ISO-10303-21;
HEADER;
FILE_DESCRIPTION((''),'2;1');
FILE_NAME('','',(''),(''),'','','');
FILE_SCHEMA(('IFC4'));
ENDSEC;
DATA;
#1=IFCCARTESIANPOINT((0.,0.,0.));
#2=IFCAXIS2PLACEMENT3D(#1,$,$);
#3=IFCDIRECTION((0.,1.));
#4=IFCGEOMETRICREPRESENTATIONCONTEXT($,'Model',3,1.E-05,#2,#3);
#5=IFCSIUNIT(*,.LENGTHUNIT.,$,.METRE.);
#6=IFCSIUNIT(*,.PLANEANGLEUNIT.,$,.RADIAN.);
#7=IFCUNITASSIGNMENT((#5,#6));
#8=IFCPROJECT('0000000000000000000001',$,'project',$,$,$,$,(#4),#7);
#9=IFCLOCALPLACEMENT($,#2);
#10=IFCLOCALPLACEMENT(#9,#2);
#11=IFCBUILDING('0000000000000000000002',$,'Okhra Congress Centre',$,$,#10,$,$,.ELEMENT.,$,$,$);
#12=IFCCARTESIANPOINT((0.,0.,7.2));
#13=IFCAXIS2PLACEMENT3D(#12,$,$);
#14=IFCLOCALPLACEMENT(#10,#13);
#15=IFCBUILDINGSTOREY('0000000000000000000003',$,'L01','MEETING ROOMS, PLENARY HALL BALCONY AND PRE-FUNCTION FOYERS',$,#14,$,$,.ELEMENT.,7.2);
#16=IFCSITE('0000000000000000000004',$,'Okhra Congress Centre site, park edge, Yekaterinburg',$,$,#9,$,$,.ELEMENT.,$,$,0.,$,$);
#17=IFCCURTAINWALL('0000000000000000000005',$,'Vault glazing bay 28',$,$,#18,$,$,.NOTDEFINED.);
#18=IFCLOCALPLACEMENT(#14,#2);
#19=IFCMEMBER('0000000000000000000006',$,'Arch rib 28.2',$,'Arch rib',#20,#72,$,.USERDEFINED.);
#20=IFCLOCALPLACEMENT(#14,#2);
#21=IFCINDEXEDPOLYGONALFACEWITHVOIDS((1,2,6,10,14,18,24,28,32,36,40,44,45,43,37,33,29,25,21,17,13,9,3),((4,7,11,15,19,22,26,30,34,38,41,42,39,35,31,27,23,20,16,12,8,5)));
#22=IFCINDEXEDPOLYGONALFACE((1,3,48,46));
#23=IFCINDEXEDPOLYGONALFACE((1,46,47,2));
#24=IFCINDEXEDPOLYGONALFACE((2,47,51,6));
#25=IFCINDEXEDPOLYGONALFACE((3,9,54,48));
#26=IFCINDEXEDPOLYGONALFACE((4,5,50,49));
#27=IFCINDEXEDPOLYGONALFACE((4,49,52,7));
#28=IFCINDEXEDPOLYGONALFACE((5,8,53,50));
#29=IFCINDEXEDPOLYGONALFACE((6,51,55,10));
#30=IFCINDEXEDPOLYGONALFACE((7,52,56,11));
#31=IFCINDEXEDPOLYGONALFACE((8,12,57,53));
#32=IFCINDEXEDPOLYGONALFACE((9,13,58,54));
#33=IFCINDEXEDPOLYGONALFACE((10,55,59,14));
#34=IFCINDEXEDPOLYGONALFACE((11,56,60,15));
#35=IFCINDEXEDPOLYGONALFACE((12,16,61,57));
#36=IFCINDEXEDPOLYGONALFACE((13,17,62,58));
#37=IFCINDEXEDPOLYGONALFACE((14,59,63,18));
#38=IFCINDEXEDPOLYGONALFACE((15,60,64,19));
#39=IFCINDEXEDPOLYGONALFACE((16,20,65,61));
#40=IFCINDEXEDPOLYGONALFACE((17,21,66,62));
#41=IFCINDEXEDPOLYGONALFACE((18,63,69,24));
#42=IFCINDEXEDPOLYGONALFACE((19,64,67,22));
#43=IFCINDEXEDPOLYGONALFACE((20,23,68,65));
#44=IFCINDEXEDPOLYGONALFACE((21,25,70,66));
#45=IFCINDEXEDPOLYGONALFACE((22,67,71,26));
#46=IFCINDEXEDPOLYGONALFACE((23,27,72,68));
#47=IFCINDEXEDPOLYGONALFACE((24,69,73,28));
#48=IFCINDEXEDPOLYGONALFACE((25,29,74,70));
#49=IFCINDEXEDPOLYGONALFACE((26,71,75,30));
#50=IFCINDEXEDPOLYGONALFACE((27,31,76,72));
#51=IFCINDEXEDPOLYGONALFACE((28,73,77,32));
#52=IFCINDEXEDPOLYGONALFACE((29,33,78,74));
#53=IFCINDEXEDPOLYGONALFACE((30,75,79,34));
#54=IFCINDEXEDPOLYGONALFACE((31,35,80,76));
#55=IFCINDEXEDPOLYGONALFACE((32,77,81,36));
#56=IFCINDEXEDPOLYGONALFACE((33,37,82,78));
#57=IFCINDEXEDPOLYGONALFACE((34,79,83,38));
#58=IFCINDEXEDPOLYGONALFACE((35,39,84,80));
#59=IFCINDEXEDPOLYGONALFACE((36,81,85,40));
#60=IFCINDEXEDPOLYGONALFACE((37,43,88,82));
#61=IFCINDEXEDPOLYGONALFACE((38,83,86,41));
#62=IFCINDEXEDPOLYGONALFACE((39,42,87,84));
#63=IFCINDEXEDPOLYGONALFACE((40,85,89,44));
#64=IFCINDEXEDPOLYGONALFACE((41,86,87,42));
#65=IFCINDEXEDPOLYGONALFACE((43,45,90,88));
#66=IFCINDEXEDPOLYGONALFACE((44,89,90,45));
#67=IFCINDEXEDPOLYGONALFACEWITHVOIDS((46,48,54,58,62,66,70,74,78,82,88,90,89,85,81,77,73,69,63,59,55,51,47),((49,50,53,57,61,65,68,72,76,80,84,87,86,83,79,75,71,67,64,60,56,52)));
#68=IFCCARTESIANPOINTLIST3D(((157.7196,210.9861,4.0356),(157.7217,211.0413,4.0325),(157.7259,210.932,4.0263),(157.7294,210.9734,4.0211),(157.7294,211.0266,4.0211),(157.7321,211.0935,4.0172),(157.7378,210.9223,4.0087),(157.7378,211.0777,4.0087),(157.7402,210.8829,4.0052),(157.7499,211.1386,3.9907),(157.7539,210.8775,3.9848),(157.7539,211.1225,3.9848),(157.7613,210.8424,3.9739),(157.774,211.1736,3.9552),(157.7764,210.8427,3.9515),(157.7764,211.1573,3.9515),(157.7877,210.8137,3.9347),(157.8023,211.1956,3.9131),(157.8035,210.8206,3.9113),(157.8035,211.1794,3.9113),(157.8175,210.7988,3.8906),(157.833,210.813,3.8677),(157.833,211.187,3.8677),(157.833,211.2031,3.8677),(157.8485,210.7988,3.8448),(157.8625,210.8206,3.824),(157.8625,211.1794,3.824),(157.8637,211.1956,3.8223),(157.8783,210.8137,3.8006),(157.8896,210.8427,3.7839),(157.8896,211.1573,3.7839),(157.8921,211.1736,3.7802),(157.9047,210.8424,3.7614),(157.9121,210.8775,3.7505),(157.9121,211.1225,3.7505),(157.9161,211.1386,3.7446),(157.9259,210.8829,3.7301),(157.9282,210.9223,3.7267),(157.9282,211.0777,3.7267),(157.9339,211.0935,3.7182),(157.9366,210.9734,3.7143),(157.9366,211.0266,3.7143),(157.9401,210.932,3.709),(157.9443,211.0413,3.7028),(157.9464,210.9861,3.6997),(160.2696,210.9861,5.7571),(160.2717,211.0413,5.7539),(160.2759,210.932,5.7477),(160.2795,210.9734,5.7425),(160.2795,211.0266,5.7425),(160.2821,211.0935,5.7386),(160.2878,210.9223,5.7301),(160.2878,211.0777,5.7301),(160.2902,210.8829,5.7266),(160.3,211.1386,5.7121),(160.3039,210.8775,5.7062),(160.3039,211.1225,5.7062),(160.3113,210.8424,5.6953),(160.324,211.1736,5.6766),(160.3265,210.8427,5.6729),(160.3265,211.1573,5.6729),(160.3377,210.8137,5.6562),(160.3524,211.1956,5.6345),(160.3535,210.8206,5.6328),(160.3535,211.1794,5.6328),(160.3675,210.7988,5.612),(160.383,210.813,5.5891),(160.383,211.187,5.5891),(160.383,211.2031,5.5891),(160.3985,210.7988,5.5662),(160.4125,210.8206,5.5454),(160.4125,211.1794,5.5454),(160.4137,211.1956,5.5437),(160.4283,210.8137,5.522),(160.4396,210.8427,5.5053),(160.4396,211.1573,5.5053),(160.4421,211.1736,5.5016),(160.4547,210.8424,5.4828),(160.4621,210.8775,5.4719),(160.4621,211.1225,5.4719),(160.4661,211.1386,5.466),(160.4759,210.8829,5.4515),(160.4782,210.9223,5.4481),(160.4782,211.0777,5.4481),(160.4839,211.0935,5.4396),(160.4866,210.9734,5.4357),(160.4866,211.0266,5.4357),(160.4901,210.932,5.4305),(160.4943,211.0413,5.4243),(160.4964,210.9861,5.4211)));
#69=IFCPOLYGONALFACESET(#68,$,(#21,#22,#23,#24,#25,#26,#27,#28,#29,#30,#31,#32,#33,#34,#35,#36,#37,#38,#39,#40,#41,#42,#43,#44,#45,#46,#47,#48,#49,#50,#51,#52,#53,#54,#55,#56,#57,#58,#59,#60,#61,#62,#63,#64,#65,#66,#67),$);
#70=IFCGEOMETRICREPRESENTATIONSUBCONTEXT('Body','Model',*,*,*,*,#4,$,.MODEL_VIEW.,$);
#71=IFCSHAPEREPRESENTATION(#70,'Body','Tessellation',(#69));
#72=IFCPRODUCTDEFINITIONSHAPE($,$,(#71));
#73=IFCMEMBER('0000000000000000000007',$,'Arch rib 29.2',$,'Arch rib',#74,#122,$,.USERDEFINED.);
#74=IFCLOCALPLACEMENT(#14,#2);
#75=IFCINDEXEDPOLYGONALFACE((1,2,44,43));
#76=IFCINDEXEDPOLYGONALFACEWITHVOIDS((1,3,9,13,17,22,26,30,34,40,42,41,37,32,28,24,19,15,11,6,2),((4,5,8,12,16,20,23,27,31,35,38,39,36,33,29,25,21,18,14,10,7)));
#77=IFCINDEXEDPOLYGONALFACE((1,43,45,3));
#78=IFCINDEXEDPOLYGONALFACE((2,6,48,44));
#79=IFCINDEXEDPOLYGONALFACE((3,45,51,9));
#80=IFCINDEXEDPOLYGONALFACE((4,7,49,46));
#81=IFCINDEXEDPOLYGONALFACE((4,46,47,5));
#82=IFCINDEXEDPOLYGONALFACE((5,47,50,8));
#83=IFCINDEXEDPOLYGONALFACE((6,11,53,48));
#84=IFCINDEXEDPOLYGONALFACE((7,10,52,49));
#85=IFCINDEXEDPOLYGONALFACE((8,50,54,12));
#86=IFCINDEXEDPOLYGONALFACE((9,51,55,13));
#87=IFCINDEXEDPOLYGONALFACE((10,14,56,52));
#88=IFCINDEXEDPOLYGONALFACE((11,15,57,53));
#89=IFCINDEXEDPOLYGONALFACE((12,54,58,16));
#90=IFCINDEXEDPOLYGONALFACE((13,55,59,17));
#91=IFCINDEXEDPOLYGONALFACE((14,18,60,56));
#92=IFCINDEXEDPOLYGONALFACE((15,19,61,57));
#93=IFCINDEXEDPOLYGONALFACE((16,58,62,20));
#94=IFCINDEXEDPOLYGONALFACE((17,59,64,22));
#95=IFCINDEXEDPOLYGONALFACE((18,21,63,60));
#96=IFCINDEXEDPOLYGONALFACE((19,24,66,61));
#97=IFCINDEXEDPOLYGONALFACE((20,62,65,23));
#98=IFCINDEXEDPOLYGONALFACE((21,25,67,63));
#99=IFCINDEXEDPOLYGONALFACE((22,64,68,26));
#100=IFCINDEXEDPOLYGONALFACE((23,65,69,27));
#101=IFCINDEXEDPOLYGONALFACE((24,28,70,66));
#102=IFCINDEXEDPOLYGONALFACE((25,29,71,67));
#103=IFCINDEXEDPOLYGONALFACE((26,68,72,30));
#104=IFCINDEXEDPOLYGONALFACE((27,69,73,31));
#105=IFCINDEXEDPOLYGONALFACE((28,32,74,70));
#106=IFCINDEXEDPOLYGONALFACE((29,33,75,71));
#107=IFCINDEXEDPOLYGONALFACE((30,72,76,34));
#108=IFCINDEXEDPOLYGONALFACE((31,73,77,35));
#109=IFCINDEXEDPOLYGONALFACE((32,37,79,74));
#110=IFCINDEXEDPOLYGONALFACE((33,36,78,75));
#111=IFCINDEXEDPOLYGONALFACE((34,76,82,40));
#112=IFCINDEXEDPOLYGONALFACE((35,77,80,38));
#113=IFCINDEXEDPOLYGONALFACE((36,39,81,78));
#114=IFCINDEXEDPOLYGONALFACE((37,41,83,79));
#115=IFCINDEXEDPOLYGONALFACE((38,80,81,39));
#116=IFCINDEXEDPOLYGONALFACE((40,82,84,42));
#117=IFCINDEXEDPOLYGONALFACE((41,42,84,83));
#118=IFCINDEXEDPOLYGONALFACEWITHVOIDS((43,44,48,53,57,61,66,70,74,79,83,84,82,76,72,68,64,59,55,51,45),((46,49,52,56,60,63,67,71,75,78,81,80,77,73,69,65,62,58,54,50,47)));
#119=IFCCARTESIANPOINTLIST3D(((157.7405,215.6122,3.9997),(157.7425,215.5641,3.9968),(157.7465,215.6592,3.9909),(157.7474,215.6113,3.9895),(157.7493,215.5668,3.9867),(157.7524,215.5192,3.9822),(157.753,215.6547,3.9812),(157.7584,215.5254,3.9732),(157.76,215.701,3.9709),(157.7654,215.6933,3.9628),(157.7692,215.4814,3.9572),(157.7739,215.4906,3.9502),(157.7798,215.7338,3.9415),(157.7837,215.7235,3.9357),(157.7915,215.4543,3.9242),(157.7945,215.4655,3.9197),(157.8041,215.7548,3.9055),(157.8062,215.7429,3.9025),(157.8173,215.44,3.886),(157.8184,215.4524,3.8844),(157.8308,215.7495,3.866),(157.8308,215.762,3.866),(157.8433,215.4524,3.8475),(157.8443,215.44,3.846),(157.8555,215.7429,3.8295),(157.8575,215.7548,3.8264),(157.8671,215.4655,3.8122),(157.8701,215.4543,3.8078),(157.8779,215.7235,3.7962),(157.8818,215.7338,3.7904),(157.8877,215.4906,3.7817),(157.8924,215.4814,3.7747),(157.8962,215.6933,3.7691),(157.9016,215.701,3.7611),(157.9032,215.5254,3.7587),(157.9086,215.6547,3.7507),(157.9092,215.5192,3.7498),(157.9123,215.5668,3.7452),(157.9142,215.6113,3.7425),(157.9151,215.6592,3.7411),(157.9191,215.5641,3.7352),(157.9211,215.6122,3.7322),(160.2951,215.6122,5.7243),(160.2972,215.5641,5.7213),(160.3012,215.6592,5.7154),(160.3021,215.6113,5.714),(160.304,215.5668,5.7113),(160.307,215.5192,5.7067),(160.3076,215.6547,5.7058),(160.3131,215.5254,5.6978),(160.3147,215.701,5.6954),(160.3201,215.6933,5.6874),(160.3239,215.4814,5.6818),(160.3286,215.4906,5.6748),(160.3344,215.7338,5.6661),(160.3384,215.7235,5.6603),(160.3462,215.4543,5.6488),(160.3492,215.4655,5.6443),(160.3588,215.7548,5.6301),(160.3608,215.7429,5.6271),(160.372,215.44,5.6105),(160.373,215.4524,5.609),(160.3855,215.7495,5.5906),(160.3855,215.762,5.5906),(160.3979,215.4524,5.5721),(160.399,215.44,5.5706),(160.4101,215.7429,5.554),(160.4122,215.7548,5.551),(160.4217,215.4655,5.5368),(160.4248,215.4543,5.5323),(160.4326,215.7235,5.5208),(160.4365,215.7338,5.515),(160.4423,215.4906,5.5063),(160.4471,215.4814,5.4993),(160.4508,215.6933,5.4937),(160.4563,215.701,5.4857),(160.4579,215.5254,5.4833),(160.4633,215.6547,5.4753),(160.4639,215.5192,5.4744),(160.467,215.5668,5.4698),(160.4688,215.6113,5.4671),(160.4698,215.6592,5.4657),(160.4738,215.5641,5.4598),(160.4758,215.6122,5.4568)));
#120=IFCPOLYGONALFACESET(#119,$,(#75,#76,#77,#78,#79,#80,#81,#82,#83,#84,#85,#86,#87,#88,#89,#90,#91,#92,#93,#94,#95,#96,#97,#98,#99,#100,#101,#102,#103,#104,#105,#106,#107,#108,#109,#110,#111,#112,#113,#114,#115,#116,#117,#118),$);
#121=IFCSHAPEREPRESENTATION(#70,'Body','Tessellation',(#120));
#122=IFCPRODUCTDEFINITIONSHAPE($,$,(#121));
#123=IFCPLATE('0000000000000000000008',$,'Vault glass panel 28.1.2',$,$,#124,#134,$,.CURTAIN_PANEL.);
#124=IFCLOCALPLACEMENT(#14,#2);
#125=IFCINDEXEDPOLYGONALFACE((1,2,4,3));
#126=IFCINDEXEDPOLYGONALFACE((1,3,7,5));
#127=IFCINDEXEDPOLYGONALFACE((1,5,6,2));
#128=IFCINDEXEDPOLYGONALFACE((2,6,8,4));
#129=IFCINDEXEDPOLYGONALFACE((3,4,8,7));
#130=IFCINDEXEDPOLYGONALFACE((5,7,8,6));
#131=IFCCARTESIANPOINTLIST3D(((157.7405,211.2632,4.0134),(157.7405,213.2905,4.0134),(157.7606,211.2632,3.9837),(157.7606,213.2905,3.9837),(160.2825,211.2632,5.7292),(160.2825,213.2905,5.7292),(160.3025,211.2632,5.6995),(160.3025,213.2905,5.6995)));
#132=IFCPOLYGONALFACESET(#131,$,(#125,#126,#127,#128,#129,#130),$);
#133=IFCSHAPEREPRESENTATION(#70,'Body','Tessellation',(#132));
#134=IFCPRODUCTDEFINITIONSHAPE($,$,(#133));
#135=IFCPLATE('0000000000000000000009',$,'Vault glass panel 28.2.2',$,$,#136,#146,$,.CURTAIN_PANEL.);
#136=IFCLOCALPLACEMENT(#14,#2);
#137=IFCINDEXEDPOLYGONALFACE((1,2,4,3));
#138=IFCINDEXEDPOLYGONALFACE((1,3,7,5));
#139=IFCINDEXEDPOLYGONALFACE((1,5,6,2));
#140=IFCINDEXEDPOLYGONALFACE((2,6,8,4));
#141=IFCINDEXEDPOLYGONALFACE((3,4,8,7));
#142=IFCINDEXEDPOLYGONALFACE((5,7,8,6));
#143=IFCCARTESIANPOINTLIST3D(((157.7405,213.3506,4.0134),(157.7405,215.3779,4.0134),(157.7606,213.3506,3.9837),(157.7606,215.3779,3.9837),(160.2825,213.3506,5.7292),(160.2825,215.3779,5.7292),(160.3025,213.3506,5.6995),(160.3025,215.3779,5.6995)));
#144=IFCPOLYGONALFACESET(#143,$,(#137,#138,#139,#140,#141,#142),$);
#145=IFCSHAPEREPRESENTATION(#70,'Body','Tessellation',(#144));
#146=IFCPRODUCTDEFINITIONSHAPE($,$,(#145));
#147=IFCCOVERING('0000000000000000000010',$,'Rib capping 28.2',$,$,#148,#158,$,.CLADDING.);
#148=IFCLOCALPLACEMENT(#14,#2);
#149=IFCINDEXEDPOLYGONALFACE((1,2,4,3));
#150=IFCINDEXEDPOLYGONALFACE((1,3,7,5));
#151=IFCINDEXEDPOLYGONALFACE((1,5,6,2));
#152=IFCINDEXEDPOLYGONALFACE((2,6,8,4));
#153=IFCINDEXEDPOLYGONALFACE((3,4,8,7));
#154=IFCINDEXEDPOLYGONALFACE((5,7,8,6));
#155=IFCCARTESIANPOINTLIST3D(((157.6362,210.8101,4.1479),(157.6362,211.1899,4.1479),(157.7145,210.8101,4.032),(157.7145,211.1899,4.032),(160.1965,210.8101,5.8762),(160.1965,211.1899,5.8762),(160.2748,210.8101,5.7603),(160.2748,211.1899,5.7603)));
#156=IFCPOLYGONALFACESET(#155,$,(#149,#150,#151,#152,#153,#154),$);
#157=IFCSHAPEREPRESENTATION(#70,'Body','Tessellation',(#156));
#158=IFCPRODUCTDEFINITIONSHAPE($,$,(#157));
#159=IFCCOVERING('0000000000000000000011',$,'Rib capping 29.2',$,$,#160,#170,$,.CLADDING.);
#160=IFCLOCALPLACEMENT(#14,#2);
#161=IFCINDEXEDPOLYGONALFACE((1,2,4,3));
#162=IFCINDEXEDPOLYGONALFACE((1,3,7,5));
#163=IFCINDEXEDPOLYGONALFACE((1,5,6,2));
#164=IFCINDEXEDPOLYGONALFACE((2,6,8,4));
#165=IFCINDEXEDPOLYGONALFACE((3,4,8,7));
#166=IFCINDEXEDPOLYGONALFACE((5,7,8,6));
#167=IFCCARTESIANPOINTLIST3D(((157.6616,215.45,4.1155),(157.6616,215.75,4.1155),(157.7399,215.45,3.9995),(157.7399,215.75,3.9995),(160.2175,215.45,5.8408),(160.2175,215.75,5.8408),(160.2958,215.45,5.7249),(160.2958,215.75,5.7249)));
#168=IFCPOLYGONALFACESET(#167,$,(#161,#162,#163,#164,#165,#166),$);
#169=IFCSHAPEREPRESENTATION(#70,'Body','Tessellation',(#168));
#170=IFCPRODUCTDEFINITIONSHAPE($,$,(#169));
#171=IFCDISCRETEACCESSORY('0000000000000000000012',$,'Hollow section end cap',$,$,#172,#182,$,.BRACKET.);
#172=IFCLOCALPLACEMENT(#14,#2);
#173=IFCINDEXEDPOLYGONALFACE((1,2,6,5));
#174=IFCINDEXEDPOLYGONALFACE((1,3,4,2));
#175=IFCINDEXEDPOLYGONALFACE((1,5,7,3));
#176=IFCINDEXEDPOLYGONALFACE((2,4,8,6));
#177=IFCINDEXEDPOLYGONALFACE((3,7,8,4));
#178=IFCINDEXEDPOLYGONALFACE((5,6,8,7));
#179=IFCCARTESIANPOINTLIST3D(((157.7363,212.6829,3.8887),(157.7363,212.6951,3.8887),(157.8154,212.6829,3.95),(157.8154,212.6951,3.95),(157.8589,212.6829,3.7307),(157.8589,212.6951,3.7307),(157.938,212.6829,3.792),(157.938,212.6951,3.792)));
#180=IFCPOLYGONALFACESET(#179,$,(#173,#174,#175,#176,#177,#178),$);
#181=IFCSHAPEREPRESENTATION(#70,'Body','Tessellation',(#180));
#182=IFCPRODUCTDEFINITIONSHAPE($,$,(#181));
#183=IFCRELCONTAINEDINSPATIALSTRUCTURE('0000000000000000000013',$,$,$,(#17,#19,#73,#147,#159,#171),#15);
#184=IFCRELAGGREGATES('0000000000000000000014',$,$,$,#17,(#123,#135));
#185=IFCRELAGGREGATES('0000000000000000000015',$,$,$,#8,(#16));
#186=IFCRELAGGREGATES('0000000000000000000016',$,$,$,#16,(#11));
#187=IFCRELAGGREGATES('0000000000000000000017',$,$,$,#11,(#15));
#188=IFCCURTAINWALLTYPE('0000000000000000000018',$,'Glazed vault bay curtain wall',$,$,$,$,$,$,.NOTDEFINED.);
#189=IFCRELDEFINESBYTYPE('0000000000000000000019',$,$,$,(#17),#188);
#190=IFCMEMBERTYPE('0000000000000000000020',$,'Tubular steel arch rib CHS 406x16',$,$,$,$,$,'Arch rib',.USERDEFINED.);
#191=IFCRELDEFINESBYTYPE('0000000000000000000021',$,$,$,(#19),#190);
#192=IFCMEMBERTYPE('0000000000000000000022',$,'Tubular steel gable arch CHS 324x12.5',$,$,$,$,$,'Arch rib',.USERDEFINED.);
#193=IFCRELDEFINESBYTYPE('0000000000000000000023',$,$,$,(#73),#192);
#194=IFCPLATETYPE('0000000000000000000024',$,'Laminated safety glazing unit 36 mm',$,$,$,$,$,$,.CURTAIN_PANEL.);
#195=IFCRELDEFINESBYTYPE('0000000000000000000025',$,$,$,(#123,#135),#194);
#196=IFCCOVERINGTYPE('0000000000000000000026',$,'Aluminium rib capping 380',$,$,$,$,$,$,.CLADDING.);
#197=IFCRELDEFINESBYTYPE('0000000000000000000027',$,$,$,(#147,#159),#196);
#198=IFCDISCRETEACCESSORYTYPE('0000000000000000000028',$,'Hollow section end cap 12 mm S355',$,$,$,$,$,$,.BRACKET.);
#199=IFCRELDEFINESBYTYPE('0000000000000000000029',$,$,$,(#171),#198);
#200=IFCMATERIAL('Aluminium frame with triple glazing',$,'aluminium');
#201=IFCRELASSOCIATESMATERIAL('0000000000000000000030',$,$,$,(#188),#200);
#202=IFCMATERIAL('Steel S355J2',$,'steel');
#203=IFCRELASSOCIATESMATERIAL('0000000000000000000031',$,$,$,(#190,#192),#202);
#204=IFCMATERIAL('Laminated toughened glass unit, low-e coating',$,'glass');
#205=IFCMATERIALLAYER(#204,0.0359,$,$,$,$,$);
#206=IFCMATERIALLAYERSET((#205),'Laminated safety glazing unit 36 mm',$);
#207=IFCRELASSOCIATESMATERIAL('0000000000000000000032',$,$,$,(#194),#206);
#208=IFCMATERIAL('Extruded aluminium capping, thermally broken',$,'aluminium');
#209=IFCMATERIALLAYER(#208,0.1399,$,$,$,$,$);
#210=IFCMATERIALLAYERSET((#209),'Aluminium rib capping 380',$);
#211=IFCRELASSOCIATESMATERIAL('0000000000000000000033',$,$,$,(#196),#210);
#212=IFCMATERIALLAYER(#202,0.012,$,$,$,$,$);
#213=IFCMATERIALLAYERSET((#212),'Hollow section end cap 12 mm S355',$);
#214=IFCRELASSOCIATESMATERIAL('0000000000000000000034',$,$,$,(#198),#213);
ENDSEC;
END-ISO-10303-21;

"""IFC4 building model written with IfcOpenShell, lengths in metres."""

from ifc_helpers import new_model, si_unit, direction, frame, origin, origin_2d, place, context, subcontext, project, spatial, polyline, rectangle, hollow_circle, outline, extrude, material, layer, layer_set, material_profile, profile_set, type_object, element, aggregate, save


model = new_model("IFC4")

# Units and contexts
model_context = context("Model", 3, precision=1e-05, world=origin(), true_north=direction((0.0, 1.0)))
body_context = subcontext(model_context, "Body", "Model", "MODEL_VIEW")
ifc_project = project(units=[si_unit("LENGTHUNIT", "METRE"), si_unit("PLANEANGLEUNIT", "RADIAN")], contexts=[model_context])

# Site, building, storey
site_placement = place(None, origin())
site = spatial("IfcSite", under=ifc_project, at=site_placement, Name="Okhra Congress Centre site, park edge, Yekaterinburg", CompositionType="ELEMENT", RefElevation=0.0)
building_placement = place(site_placement, origin())
building = spatial("IfcBuilding", under=site, at=building_placement, Name="Okhra Congress Centre", CompositionType="ELEMENT")
storey_placement = place(building_placement, frame((0.0, 0.0, 7.2)))
storey = spatial("IfcBuildingStorey", under=building, at=storey_placement, Name="L01", Description="MEETING ROOMS, PLENARY HALL BALCONY AND PRE-FUNCTION FOYERS", CompositionType="ELEMENT", Elevation=7.2)

# Curtain wall
ifc_material_1 = material(Name="Aluminium frame with triple glazing", Category="aluminium")
curtain_wall_type = type_object("IfcCurtainWallType", Name="Glazed vault bay curtain wall", PredefinedType="NOTDEFINED", material=ifc_material_1)
curtain_wall_1_placement = place(storey_placement, origin())
curtain_wall_1 = element("IfcCurtainWall", 1, at=curtain_wall_1_placement, inside=storey, type_object=curtain_wall_type, Name="Vault glazing bay 28", PredefinedType="NOTDEFINED")

# Members
ifc_material_2 = material(Name="Steel S355J2", Category="steel")
ifc_material_profile_1 = material_profile(ifc_material_2, hollow_circle(Radius=0.2031, WallThickness=0.0161, at=origin_2d()), Name="CHS 406.4x16")
ifc_profile_set_1 = profile_set([ifc_material_profile_1], Name="Steel S355J2")
member_type_1 = type_object("IfcMemberType", Name="Tubular steel arch rib CHS 406x16", ElementType="Arch rib", PredefinedType="USERDEFINED", material=ifc_profile_set_1)
member_1_placement = place(storey_placement, frame((157.833, 211.0, 3.8677), z_axis=(0.828826, 0.0, 0.559507), x_axis=(0.0, 1.0, 0.0)))
element("IfcMember", 2, at=member_1_placement, inside=storey, type_object=member_type_1, Name="Arch rib 28.2", ObjectType="Arch rib", PredefinedType="USERDEFINED", context=body_context, shape_type="SweptSolid", body=[
    extrude(hollow_circle(Radius=0.2031, WallThickness=0.0161, at=origin_2d()), origin(), (0.0, 0.0, 1.0), 3.0767),
])
ifc_material_profile_2 = material_profile(ifc_material_2, hollow_circle(Radius=0.1619, WallThickness=0.0125, at=origin_2d()), Name="CHS 323.9x12.5")
ifc_profile_set_2 = profile_set([ifc_material_profile_2], Name="Steel S355J2")
member_type_2 = type_object("IfcMemberType", Name="Tubular steel gable arch CHS 324x12.5", ElementType="Arch rib", PredefinedType="USERDEFINED", material=ifc_profile_set_2)
member_2_placement = place(storey_placement, frame((157.8308, 215.6001, 3.866), z_axis=(0.828819, 0.0, 0.559516), x_axis=(0.0, 1.0, 0.0)))
element("IfcMember", 3, at=member_2_placement, inside=storey, type_object=member_type_2, Name="Arch rib 29.2", ObjectType="Arch rib", PredefinedType="USERDEFINED", context=body_context, shape_type="SweptSolid", body=[
    extrude(hollow_circle(Radius=0.1619, WallThickness=0.0125, at=origin_2d()), origin(), (0.0, 0.0, 1.0), 3.0823),
])

# Plates
ifc_material_3 = material(Name="Laminated toughened glass unit, low-e coating", Category="glass")
ifc_layer_1 = layer(ifc_material_3, 0.0359)
ifc_layer_set_1 = layer_set([ifc_layer_1], Name="Laminated safety glazing unit 36 mm")
plate_type = type_object("IfcPlateType", Name="Laminated safety glazing unit 36 mm", PredefinedType="CURTAIN_PANEL", material=ifc_layer_set_1)
plate_1_placement = place(storey_placement, frame((157.7405, 211.2632, 4.0134), z_axis=(-0.559467, 0.0, 0.828852), x_axis=(0.828852, 0.0, 0.559467)))
plate_1 = element("IfcPlate", 4, at=plate_1_placement, type_object=plate_type, Name="Vault glass panel 28.1.2", PredefinedType="CURTAIN_PANEL", context=body_context, shape_type="SweptSolid", body=[
    extrude(outline(polyline([(0.0, 0.0), (3.0669, 0.0), (3.0669, 2.0273), (0.0, 2.0273), (0.0, 0.0)])), origin(), (0.0, 0.0, -1.0), 0.0359),
])
plate_2_placement = place(storey_placement, frame((157.7405, 213.3506, 4.0134), z_axis=(-0.559467, 0.0, 0.828852), x_axis=(0.828852, 0.0, 0.559467)))
plate_2 = element("IfcPlate", 5, at=plate_2_placement, type_object=plate_type, Name="Vault glass panel 28.2.2", PredefinedType="CURTAIN_PANEL", context=body_context, shape_type="SweptSolid", body=[
    extrude(outline(polyline([(0.0, 0.0), (3.0669, 0.0), (3.0669, 2.0273), (0.0, 2.0273), (0.0, 0.0)])), origin(), (0.0, 0.0, -1.0), 0.0359),
])
aggregate(curtain_wall_1, [plate_1, plate_2])

# Coverings
ifc_material_4 = material(Name="Extruded aluminium capping, thermally broken", Category="aluminium")
ifc_layer_2 = layer(ifc_material_4, 0.1399)
ifc_layer_set_2 = layer_set([ifc_layer_2], Name="Aluminium rib capping 380")
covering_type = type_object("IfcCoveringType", Name="Aluminium rib capping 380", PredefinedType="CLADDING", material=ifc_layer_set_2)
covering_1_placement = place(storey_placement, frame((157.6362, 210.8101, 4.1479), z_axis=(-0.559488, 0.0, 0.828839), x_axis=(0.828839, 0.0, 0.559488)))
element("IfcCovering", 6, at=covering_1_placement, inside=storey, type_object=covering_type, Name="Rib capping 28.2", PredefinedType="CLADDING", context=body_context, shape_type="SweptSolid", body=[
    extrude(outline(polyline([(0.0, 0.0), (3.089, 0.0), (3.089, 0.3799), (0.0, 0.3799), (0.0, 0.0)])), origin(), (0.0, 0.0, -1.0), 0.1399),
])
covering_2_placement = place(storey_placement, frame((157.6616, 215.45, 4.1155), z_axis=(-0.559496, 0.0, 0.828833), x_axis=(0.828833, 0.0, 0.559496)))
element("IfcCovering", 7, at=covering_2_placement, inside=storey, type_object=covering_type, Name="Rib capping 29.2", PredefinedType="CLADDING", context=body_context, shape_type="SweptSolid", body=[
    extrude(outline(polyline([(0.0, 0.0), (3.0837, 0.0), (3.0837, 0.3), (0.0, 0.3), (0.0, 0.0)])), origin(), (0.0, 0.0, -1.0), 0.1399),
])

# Discrete accessory
ifc_layer_3 = layer(ifc_material_2, 0.012)
ifc_layer_set_3 = layer_set([ifc_layer_3], Name="Hollow section end cap 12 mm S355")
discrete_accessory_type_1 = type_object("IfcDiscreteAccessoryType", Name="Hollow section end cap 12 mm S355", PredefinedType="BRACKET", material=ifc_layer_set_3)
discrete_accessory_1_placement = place(storey_placement, frame((157.8372, 212.6829, 3.8403), z_axis=(0.0, 1.0, 0.0), x_axis=(-0.790145, 0.0, -0.61292)))
element("IfcDiscreteAccessory", 8, at=discrete_accessory_1_placement, inside=storey, type_object=discrete_accessory_type_1, Name="Hollow section end cap", PredefinedType="BRACKET", context=body_context, shape_type="SweptSolid", body=[
    extrude(rectangle(XDim=0.1001, YDim=0.2, at=origin_2d()), origin(), (0.0, 0.0, 1.0), 0.0122),
])

save(model, "model.ifc")
